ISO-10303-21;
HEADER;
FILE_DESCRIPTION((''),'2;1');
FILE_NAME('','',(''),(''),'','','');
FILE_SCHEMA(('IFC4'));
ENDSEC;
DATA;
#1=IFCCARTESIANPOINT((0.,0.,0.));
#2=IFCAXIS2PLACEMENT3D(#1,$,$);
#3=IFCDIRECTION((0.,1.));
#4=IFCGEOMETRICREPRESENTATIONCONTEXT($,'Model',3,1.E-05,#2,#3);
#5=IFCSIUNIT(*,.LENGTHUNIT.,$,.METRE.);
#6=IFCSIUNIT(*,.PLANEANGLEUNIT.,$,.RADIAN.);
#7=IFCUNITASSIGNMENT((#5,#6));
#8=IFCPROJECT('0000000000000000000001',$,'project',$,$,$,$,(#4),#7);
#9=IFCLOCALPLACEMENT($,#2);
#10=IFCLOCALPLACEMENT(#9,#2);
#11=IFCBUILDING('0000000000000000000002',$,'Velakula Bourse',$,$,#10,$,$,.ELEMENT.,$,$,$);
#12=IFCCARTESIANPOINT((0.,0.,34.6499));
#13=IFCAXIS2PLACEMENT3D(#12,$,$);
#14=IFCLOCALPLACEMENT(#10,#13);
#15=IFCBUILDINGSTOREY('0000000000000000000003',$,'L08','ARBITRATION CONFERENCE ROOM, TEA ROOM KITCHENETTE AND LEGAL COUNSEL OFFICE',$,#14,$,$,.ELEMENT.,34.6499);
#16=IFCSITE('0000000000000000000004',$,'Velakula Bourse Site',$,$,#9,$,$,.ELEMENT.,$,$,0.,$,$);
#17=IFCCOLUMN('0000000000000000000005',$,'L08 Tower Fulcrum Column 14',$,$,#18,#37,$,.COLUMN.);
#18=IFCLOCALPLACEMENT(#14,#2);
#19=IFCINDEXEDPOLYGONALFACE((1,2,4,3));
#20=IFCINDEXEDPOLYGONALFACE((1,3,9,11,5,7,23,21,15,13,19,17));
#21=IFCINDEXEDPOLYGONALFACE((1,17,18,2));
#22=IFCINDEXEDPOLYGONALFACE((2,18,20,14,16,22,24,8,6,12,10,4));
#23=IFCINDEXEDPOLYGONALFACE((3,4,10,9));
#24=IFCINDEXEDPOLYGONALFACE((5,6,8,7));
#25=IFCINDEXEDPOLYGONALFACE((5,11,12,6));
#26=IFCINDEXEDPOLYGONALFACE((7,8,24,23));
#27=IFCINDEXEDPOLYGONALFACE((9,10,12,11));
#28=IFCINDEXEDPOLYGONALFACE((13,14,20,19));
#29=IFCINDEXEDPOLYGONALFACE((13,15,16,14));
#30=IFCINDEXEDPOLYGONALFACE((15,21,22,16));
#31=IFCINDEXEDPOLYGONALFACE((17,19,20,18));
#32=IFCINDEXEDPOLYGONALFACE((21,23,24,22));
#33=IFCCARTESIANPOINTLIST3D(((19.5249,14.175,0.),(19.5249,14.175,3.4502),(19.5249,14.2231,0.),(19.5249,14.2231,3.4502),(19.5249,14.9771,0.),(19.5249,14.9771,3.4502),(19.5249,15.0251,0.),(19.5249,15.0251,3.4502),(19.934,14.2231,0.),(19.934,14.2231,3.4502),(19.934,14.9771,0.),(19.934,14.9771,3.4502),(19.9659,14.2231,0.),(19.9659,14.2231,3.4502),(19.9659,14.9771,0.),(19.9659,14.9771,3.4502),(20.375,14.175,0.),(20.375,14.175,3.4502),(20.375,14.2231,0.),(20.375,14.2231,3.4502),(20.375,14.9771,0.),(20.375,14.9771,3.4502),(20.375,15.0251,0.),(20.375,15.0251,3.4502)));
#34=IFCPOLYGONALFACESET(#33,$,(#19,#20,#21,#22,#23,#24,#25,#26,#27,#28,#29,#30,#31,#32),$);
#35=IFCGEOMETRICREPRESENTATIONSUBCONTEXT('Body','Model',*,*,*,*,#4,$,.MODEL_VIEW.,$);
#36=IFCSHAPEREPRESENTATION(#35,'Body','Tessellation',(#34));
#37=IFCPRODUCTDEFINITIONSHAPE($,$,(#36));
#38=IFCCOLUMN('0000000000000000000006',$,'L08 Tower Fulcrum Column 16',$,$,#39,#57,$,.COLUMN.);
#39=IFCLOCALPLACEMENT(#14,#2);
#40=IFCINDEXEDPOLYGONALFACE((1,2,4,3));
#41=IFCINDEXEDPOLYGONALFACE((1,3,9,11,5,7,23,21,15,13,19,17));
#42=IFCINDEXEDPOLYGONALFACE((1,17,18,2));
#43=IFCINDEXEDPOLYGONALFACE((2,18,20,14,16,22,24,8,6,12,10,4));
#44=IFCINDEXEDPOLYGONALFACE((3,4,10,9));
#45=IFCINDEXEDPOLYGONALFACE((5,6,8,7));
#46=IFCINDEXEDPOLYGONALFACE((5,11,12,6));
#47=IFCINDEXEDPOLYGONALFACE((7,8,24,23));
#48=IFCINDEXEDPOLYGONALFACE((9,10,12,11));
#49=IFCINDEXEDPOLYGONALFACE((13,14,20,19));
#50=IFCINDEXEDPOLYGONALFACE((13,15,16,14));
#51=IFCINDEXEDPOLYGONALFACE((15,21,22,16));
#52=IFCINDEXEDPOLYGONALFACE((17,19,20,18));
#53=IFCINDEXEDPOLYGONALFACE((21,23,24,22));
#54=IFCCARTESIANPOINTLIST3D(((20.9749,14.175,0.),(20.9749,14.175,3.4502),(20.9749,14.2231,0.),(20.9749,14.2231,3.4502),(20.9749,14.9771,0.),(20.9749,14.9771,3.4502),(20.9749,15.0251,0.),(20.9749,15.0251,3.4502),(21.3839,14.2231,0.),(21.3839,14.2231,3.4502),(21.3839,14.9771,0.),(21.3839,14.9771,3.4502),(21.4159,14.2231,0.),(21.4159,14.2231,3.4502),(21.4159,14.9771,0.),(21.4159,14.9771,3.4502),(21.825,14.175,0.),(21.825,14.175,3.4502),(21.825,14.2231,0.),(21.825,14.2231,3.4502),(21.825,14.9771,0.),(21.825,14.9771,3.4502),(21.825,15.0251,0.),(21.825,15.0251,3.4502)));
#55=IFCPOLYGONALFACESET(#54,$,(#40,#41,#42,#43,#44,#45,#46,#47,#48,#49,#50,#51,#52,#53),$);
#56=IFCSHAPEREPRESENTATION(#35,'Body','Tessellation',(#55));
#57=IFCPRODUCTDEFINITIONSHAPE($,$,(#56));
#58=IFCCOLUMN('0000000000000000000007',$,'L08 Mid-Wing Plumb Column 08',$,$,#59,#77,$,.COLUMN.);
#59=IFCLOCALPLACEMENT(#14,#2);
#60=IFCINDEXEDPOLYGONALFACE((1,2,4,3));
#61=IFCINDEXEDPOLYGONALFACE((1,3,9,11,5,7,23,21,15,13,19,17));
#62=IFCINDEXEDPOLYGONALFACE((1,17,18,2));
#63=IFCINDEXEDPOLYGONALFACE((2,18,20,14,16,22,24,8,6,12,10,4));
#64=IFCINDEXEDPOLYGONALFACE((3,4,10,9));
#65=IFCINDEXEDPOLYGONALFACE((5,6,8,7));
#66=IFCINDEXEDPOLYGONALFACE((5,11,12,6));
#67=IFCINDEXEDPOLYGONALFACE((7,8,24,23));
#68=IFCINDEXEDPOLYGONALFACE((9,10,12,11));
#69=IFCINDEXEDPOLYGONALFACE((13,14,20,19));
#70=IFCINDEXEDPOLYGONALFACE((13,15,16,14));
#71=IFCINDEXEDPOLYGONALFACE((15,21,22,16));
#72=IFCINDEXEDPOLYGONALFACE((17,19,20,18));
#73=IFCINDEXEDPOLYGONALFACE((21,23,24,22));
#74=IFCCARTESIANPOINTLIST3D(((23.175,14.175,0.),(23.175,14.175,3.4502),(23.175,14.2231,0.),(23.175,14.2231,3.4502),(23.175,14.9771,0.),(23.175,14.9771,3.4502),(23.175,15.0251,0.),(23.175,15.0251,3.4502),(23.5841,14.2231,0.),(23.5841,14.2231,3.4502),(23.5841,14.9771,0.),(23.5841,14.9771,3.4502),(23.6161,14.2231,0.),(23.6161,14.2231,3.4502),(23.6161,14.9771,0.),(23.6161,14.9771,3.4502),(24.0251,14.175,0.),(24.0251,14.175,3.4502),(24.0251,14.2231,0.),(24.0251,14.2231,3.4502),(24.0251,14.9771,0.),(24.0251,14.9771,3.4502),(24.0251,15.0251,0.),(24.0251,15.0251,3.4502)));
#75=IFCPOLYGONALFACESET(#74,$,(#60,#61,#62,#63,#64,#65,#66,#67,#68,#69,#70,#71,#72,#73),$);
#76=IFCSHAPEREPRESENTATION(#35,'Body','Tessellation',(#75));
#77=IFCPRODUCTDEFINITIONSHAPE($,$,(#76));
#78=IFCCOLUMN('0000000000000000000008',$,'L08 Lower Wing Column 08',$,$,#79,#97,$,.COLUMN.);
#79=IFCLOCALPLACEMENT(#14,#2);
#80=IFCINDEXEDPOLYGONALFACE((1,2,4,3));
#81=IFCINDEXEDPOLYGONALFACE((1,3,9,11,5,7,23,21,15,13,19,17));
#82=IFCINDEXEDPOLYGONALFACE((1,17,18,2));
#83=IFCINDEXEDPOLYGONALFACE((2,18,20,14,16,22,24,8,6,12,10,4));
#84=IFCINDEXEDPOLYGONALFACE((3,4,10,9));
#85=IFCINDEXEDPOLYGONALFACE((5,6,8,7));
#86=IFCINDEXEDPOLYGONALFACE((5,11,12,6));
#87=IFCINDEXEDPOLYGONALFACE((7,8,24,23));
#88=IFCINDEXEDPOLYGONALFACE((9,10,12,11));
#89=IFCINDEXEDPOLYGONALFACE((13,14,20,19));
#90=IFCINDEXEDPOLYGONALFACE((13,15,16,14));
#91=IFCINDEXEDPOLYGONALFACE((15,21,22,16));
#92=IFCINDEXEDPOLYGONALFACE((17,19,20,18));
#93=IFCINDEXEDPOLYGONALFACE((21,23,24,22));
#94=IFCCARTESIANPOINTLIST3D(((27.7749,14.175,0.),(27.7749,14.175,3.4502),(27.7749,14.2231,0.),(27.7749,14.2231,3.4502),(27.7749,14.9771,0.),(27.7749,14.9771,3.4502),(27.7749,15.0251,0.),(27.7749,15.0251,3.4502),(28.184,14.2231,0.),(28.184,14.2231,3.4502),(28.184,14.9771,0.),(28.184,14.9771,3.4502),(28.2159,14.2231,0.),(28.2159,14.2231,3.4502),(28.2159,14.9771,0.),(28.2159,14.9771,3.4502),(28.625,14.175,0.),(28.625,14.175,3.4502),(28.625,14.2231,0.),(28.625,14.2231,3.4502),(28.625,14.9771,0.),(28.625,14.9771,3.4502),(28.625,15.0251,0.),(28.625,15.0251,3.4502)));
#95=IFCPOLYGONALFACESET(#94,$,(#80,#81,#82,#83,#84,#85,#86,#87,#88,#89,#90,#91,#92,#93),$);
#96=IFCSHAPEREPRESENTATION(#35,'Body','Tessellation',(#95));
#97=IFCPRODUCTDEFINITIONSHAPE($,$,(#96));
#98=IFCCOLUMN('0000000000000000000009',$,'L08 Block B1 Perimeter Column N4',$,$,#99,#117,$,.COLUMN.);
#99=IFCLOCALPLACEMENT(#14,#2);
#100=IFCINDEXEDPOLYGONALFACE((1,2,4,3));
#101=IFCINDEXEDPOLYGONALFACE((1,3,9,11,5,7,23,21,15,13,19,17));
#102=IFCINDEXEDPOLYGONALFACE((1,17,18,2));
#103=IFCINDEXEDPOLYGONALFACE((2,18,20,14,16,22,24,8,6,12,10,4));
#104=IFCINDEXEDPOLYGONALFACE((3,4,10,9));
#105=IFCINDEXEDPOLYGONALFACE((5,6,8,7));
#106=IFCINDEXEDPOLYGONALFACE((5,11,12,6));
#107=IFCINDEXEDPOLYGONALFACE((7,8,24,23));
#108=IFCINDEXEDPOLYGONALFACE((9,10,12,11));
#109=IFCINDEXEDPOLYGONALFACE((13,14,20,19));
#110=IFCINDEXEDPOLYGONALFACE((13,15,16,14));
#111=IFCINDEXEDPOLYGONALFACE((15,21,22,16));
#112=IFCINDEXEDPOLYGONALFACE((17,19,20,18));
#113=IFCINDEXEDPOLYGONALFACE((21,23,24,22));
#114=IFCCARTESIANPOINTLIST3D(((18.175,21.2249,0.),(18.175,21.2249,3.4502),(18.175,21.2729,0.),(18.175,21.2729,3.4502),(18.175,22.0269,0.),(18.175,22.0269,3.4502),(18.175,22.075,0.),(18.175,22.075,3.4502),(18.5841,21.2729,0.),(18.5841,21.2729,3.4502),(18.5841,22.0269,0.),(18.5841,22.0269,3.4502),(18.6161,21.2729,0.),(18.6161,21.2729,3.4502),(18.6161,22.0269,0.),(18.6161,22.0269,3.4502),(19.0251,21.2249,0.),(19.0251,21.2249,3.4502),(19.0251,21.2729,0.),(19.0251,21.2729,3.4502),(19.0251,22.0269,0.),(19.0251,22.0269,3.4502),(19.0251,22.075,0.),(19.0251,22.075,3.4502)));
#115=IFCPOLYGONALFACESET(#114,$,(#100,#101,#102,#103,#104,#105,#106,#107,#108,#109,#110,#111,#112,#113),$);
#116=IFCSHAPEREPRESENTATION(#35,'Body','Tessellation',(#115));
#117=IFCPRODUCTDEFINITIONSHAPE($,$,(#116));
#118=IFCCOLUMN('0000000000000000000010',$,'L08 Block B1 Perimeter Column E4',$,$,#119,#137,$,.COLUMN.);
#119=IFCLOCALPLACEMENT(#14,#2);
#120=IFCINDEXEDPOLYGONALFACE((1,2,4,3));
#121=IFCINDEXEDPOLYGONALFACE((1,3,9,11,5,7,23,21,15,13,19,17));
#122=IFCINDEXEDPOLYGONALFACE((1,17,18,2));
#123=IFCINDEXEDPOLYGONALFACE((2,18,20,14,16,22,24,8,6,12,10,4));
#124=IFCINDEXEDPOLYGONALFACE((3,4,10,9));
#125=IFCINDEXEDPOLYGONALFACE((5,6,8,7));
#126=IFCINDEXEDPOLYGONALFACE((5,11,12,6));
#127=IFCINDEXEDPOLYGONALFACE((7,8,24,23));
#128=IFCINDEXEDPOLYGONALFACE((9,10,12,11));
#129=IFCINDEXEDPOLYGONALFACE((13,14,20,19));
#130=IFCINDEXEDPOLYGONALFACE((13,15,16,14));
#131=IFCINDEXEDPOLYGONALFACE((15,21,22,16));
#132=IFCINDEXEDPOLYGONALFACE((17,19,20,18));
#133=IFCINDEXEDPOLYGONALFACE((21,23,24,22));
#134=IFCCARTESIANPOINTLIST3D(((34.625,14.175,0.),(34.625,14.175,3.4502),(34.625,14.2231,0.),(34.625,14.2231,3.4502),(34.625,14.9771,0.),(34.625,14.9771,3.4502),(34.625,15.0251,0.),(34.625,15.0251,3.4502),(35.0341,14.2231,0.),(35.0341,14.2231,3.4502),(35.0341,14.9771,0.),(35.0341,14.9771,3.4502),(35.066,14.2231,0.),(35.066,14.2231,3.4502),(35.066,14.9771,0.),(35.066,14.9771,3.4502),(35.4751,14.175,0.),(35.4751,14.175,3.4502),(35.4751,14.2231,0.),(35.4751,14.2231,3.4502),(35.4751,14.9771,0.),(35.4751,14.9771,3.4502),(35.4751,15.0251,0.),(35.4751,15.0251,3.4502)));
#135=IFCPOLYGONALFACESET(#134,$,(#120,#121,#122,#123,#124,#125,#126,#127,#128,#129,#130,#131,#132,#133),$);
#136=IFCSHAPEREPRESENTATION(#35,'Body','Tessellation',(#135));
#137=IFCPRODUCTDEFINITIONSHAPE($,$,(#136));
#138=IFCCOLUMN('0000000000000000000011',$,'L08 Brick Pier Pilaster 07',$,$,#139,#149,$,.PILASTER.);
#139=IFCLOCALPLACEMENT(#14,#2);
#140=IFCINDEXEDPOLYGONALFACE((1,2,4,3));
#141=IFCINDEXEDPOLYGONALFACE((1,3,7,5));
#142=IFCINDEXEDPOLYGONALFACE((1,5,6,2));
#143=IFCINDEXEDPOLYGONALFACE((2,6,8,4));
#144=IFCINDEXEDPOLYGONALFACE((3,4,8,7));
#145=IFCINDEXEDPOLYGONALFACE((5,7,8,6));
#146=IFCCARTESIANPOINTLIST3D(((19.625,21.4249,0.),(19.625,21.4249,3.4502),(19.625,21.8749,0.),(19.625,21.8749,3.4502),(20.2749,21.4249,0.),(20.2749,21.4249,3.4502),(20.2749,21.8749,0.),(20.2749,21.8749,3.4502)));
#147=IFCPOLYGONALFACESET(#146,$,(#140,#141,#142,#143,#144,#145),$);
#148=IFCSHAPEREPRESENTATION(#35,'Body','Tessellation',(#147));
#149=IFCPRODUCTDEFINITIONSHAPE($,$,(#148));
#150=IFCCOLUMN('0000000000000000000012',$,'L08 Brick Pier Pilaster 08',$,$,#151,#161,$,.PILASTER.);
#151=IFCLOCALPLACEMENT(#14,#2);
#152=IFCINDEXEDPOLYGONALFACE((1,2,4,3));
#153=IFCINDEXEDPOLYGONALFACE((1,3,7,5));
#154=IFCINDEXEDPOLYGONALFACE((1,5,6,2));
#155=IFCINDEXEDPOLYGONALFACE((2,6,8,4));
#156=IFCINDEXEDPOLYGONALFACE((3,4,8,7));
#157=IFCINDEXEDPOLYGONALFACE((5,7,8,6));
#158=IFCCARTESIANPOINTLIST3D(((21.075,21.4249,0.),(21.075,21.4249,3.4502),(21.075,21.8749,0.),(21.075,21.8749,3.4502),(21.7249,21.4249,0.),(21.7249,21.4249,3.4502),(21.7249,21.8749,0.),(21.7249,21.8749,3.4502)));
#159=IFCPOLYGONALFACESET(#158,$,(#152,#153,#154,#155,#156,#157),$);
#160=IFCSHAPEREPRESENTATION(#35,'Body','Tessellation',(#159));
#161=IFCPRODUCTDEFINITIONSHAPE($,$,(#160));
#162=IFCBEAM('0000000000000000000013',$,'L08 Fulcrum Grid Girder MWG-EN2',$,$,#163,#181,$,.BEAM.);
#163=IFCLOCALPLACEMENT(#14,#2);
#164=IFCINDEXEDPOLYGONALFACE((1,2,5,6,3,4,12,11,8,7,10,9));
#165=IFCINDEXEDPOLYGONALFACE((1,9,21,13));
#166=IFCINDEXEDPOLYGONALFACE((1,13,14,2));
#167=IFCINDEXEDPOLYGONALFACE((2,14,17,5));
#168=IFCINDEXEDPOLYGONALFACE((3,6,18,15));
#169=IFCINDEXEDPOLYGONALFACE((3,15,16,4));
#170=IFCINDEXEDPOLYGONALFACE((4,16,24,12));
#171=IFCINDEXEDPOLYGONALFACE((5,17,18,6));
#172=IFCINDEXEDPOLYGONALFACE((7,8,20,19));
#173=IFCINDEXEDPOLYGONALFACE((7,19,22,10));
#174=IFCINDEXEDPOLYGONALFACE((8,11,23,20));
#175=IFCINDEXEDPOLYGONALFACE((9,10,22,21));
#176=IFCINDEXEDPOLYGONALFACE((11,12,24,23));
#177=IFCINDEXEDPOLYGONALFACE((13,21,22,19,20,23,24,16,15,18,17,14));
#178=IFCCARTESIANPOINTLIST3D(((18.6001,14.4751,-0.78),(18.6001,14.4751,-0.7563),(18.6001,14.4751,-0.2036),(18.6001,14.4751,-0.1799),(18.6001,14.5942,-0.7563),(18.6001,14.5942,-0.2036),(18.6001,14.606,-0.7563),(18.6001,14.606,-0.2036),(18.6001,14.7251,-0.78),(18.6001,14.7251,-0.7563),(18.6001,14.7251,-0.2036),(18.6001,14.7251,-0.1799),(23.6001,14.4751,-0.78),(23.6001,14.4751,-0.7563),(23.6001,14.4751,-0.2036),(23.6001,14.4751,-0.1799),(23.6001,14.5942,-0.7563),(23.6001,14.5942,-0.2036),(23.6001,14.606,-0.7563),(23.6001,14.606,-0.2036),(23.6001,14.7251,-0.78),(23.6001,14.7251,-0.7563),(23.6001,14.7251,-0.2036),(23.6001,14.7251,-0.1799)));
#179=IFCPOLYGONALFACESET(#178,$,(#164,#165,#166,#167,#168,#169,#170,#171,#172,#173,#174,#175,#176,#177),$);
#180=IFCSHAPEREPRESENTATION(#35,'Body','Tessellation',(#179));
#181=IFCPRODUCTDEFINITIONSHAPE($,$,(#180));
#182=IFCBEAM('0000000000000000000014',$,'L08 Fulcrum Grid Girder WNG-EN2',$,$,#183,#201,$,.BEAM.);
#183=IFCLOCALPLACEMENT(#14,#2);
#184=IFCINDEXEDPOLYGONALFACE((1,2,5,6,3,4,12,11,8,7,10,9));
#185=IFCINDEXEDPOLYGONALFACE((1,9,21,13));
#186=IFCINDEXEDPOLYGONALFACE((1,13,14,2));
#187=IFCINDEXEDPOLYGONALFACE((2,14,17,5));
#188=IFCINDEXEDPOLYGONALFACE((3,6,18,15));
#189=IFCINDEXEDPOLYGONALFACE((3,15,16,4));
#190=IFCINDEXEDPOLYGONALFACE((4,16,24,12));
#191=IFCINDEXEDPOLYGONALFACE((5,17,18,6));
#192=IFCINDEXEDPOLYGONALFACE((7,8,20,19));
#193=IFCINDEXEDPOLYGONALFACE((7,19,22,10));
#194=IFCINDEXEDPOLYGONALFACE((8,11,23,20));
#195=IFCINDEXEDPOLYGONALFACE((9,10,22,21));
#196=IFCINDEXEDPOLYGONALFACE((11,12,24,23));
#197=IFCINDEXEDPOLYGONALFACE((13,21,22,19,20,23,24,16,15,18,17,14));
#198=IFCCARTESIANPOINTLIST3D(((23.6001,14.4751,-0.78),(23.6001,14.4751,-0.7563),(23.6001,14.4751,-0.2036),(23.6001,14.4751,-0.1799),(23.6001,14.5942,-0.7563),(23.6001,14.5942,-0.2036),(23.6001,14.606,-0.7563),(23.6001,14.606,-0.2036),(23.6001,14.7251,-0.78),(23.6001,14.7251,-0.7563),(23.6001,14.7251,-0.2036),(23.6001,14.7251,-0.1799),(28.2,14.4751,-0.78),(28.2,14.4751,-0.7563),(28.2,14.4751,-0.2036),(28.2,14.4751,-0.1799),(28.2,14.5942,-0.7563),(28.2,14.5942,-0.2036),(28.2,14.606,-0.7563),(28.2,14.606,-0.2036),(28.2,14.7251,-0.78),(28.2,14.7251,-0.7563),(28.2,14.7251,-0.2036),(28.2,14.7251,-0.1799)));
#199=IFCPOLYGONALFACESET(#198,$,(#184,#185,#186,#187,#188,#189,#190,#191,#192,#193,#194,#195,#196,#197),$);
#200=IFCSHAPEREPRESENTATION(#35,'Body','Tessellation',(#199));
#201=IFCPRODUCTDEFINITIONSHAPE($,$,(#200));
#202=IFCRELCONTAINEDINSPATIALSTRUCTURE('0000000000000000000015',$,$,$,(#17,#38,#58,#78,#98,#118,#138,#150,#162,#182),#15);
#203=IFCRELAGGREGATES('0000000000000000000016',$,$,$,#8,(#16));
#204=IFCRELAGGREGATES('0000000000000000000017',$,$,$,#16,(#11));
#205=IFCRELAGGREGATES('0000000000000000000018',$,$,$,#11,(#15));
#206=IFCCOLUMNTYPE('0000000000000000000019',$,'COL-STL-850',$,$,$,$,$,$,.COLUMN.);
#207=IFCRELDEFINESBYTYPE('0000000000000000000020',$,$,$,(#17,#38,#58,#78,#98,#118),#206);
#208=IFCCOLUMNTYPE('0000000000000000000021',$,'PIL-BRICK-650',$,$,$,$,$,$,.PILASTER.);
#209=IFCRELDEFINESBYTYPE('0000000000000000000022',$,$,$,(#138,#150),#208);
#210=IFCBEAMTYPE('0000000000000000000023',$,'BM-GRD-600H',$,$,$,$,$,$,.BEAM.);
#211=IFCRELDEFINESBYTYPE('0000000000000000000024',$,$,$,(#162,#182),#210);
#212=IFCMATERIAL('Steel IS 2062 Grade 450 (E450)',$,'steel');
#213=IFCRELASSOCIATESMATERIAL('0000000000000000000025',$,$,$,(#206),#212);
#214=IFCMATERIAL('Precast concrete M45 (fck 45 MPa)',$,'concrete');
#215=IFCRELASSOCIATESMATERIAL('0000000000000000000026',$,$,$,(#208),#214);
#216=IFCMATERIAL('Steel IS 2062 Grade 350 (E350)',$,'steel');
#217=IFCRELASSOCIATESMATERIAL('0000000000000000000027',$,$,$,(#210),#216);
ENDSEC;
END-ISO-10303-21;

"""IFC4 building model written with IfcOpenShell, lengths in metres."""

from ifc_helpers import new_model, si_unit, direction, frame, origin, origin_2d, place, context, subcontext, project, spatial, rectangle, i_section, extrude, material, material_profile, profile_set, type_object, element, save


model = new_model("IFC4")

# Units and contexts
model_context = context("Model", 3, precision=1e-05, world=origin(), true_north=direction((0.0, 1.0)))
body_context = subcontext(model_context, "Body", "Model", "MODEL_VIEW")
ifc_project = project(units=[si_unit("LENGTHUNIT", "METRE"), si_unit("PLANEANGLEUNIT", "RADIAN")], contexts=[model_context])

# Site, building, storey
site_placement = place(None, origin())
site = spatial("IfcSite", under=ifc_project, at=site_placement, Name="Velakula Bourse Site", CompositionType="ELEMENT", RefElevation=0.0)
building_placement = place(site_placement, origin())
building = spatial("IfcBuilding", under=site, at=building_placement, Name="Velakula Bourse", CompositionType="ELEMENT")
storey_placement = place(building_placement, frame((0.0, 0.0, 34.6499)))
storey = spatial("IfcBuildingStorey", under=building, at=storey_placement, Name="L08", Description="ARBITRATION CONFERENCE ROOM, TEA ROOM KITCHENETTE AND LEGAL COUNSEL OFFICE", CompositionType="ELEMENT", Elevation=34.6499)

# Columns
ifc_material_1 = material(Name="Steel IS 2062 Grade 450 (E450)", Category="steel")
ifc_material_profile_1 = material_profile(ifc_material_1, i_section(OverallWidth=0.8501, OverallDepth=0.8501, WebThickness=0.032, FlangeThickness=0.0481, at=origin_2d()), Name="Steel IS 2062 Grade 450 (E450)")
ifc_profile_set_1 = profile_set([ifc_material_profile_1], Name="Steel IS 2062 Grade 450 (E450)")
column_type_1 = type_object("IfcColumnType", Name="COL-STL-850", PredefinedType="COLUMN", material=ifc_profile_set_1)
for number, where, z_axis, x_axis, name in (
    (1, (19.95, 14.6001, 0.0), (0.0, 0.0, 1.0), (1.0, 0.0, 0.0), "L08 Tower Fulcrum Column 14"),
    (2, (21.3999, 14.6001, 0.0), (0.0, 0.0, 1.0), (1.0, 0.0, 0.0), "L08 Tower Fulcrum Column 16"),
    (3, (23.6001, 14.6001, 0.0), (0.0, 0.0, 1.0), (1.0, 0.0, 0.0), "L08 Mid-Wing Plumb Column 08"),
    (4, (28.2, 14.6001, 0.0), (0.0, 0.0, 1.0), (1.0, 0.0, 0.0), "L08 Lower Wing Column 08"),
    (5, (18.6001, 21.6499, 0.0), (0.0, 0.0, 1.0), (1.0, 0.0, 0.0), "L08 Block B1 Perimeter Column N4"),
    (6, (35.05, 14.6001, 0.0), (0.0, 0.0, 1.0), (1.0, 0.0, 0.0), "L08 Block B1 Perimeter Column E4"),
):
    element("IfcColumn", number, at=place(storey_placement, frame(where, z_axis=z_axis, x_axis=x_axis)), inside=storey, type_object=column_type_1, Name=name, PredefinedType="COLUMN", context=body_context, shape_type="SweptSolid", body=[
        extrude(i_section(OverallWidth=0.8501, OverallDepth=0.8501, WebThickness=0.032, FlangeThickness=0.0481, at=origin_2d()), origin(), (0.0, 0.0, 1.0), 3.4502),
    ])
ifc_material_2 = material(Name="Precast concrete M45 (fck 45 MPa)", Category="concrete")
ifc_material_profile_2 = material_profile(ifc_material_2, rectangle(XDim=0.6499, YDim=0.45, at=origin_2d()), Name="Precast concrete M45 (fck 45 MPa)")
ifc_profile_set_2 = profile_set([ifc_material_profile_2], Name="Precast concrete M45 (fck 45 MPa)")
column_type_2 = type_object("IfcColumnType", Name="PIL-BRICK-650", PredefinedType="PILASTER", material=ifc_profile_set_2)
for number, where, z_axis, x_axis, name in (
    (7, (19.95, 21.6499, 0.0), (0.0, 0.0, 1.0), (1.0, 0.0, 0.0), "L08 Brick Pier Pilaster 07"),
    (8, (21.3999, 21.6499, 0.0), (0.0, 0.0, 1.0), (1.0, 0.0, 0.0), "L08 Brick Pier Pilaster 08"),
):
    element("IfcColumn", number, at=place(storey_placement, frame(where, z_axis=z_axis, x_axis=x_axis)), inside=storey, type_object=column_type_2, Name=name, PredefinedType="PILASTER", context=body_context, shape_type="SweptSolid", body=[
        extrude(rectangle(XDim=0.6499, YDim=0.45, at=origin_2d()), origin(), (0.0, 0.0, 1.0), 3.4502),
    ])

# Beams
ifc_material_3 = material(Name="Steel IS 2062 Grade 350 (E350)", Category="steel")
ifc_material_profile_3 = material_profile(ifc_material_3, i_section(OverallWidth=0.25, OverallDepth=0.6001, WebThickness=0.0117, FlangeThickness=0.0237, at=origin_2d()), Name="Steel IS 2062 Grade 350 (E350)")
ifc_profile_set_3 = profile_set([ifc_material_profile_3], Name="Steel IS 2062 Grade 350 (E350)")
beam_type_1 = type_object("IfcBeamType", Name="BM-GRD-600H", PredefinedType="BEAM", material=ifc_profile_set_3)
beam_1_placement = place(storey_placement, frame((18.6001, 14.6001, -0.48), z_axis=(1.0, 0.0, 0.0), x_axis=(0.0, 1.0, 0.0)))
element("IfcBeam", 9, at=beam_1_placement, inside=storey, type_object=beam_type_1, Name="L08 Fulcrum Grid Girder MWG-EN2", PredefinedType="BEAM", context=body_context, shape_type="SweptSolid", body=[
    extrude(i_section(OverallWidth=0.25, OverallDepth=0.6001, WebThickness=0.0117, FlangeThickness=0.0237, at=origin_2d()), origin(), (0.0, 0.0, 1.0), 5.0),
])
beam_2_placement = place(storey_placement, frame((23.6001, 14.6001, -0.48), z_axis=(1.0, 0.0, 0.0), x_axis=(0.0, 1.0, 0.0)))
element("IfcBeam", 10, at=beam_2_placement, inside=storey, type_object=beam_type_1, Name="L08 Fulcrum Grid Girder WNG-EN2", PredefinedType="BEAM", context=body_context, shape_type="SweptSolid", body=[
    extrude(i_section(OverallWidth=0.25, OverallDepth=0.6001, WebThickness=0.0117, FlangeThickness=0.0237, at=origin_2d()), origin(), (0.0, 0.0, 1.0), 4.5999),
])

save(model, "model.ifc")
